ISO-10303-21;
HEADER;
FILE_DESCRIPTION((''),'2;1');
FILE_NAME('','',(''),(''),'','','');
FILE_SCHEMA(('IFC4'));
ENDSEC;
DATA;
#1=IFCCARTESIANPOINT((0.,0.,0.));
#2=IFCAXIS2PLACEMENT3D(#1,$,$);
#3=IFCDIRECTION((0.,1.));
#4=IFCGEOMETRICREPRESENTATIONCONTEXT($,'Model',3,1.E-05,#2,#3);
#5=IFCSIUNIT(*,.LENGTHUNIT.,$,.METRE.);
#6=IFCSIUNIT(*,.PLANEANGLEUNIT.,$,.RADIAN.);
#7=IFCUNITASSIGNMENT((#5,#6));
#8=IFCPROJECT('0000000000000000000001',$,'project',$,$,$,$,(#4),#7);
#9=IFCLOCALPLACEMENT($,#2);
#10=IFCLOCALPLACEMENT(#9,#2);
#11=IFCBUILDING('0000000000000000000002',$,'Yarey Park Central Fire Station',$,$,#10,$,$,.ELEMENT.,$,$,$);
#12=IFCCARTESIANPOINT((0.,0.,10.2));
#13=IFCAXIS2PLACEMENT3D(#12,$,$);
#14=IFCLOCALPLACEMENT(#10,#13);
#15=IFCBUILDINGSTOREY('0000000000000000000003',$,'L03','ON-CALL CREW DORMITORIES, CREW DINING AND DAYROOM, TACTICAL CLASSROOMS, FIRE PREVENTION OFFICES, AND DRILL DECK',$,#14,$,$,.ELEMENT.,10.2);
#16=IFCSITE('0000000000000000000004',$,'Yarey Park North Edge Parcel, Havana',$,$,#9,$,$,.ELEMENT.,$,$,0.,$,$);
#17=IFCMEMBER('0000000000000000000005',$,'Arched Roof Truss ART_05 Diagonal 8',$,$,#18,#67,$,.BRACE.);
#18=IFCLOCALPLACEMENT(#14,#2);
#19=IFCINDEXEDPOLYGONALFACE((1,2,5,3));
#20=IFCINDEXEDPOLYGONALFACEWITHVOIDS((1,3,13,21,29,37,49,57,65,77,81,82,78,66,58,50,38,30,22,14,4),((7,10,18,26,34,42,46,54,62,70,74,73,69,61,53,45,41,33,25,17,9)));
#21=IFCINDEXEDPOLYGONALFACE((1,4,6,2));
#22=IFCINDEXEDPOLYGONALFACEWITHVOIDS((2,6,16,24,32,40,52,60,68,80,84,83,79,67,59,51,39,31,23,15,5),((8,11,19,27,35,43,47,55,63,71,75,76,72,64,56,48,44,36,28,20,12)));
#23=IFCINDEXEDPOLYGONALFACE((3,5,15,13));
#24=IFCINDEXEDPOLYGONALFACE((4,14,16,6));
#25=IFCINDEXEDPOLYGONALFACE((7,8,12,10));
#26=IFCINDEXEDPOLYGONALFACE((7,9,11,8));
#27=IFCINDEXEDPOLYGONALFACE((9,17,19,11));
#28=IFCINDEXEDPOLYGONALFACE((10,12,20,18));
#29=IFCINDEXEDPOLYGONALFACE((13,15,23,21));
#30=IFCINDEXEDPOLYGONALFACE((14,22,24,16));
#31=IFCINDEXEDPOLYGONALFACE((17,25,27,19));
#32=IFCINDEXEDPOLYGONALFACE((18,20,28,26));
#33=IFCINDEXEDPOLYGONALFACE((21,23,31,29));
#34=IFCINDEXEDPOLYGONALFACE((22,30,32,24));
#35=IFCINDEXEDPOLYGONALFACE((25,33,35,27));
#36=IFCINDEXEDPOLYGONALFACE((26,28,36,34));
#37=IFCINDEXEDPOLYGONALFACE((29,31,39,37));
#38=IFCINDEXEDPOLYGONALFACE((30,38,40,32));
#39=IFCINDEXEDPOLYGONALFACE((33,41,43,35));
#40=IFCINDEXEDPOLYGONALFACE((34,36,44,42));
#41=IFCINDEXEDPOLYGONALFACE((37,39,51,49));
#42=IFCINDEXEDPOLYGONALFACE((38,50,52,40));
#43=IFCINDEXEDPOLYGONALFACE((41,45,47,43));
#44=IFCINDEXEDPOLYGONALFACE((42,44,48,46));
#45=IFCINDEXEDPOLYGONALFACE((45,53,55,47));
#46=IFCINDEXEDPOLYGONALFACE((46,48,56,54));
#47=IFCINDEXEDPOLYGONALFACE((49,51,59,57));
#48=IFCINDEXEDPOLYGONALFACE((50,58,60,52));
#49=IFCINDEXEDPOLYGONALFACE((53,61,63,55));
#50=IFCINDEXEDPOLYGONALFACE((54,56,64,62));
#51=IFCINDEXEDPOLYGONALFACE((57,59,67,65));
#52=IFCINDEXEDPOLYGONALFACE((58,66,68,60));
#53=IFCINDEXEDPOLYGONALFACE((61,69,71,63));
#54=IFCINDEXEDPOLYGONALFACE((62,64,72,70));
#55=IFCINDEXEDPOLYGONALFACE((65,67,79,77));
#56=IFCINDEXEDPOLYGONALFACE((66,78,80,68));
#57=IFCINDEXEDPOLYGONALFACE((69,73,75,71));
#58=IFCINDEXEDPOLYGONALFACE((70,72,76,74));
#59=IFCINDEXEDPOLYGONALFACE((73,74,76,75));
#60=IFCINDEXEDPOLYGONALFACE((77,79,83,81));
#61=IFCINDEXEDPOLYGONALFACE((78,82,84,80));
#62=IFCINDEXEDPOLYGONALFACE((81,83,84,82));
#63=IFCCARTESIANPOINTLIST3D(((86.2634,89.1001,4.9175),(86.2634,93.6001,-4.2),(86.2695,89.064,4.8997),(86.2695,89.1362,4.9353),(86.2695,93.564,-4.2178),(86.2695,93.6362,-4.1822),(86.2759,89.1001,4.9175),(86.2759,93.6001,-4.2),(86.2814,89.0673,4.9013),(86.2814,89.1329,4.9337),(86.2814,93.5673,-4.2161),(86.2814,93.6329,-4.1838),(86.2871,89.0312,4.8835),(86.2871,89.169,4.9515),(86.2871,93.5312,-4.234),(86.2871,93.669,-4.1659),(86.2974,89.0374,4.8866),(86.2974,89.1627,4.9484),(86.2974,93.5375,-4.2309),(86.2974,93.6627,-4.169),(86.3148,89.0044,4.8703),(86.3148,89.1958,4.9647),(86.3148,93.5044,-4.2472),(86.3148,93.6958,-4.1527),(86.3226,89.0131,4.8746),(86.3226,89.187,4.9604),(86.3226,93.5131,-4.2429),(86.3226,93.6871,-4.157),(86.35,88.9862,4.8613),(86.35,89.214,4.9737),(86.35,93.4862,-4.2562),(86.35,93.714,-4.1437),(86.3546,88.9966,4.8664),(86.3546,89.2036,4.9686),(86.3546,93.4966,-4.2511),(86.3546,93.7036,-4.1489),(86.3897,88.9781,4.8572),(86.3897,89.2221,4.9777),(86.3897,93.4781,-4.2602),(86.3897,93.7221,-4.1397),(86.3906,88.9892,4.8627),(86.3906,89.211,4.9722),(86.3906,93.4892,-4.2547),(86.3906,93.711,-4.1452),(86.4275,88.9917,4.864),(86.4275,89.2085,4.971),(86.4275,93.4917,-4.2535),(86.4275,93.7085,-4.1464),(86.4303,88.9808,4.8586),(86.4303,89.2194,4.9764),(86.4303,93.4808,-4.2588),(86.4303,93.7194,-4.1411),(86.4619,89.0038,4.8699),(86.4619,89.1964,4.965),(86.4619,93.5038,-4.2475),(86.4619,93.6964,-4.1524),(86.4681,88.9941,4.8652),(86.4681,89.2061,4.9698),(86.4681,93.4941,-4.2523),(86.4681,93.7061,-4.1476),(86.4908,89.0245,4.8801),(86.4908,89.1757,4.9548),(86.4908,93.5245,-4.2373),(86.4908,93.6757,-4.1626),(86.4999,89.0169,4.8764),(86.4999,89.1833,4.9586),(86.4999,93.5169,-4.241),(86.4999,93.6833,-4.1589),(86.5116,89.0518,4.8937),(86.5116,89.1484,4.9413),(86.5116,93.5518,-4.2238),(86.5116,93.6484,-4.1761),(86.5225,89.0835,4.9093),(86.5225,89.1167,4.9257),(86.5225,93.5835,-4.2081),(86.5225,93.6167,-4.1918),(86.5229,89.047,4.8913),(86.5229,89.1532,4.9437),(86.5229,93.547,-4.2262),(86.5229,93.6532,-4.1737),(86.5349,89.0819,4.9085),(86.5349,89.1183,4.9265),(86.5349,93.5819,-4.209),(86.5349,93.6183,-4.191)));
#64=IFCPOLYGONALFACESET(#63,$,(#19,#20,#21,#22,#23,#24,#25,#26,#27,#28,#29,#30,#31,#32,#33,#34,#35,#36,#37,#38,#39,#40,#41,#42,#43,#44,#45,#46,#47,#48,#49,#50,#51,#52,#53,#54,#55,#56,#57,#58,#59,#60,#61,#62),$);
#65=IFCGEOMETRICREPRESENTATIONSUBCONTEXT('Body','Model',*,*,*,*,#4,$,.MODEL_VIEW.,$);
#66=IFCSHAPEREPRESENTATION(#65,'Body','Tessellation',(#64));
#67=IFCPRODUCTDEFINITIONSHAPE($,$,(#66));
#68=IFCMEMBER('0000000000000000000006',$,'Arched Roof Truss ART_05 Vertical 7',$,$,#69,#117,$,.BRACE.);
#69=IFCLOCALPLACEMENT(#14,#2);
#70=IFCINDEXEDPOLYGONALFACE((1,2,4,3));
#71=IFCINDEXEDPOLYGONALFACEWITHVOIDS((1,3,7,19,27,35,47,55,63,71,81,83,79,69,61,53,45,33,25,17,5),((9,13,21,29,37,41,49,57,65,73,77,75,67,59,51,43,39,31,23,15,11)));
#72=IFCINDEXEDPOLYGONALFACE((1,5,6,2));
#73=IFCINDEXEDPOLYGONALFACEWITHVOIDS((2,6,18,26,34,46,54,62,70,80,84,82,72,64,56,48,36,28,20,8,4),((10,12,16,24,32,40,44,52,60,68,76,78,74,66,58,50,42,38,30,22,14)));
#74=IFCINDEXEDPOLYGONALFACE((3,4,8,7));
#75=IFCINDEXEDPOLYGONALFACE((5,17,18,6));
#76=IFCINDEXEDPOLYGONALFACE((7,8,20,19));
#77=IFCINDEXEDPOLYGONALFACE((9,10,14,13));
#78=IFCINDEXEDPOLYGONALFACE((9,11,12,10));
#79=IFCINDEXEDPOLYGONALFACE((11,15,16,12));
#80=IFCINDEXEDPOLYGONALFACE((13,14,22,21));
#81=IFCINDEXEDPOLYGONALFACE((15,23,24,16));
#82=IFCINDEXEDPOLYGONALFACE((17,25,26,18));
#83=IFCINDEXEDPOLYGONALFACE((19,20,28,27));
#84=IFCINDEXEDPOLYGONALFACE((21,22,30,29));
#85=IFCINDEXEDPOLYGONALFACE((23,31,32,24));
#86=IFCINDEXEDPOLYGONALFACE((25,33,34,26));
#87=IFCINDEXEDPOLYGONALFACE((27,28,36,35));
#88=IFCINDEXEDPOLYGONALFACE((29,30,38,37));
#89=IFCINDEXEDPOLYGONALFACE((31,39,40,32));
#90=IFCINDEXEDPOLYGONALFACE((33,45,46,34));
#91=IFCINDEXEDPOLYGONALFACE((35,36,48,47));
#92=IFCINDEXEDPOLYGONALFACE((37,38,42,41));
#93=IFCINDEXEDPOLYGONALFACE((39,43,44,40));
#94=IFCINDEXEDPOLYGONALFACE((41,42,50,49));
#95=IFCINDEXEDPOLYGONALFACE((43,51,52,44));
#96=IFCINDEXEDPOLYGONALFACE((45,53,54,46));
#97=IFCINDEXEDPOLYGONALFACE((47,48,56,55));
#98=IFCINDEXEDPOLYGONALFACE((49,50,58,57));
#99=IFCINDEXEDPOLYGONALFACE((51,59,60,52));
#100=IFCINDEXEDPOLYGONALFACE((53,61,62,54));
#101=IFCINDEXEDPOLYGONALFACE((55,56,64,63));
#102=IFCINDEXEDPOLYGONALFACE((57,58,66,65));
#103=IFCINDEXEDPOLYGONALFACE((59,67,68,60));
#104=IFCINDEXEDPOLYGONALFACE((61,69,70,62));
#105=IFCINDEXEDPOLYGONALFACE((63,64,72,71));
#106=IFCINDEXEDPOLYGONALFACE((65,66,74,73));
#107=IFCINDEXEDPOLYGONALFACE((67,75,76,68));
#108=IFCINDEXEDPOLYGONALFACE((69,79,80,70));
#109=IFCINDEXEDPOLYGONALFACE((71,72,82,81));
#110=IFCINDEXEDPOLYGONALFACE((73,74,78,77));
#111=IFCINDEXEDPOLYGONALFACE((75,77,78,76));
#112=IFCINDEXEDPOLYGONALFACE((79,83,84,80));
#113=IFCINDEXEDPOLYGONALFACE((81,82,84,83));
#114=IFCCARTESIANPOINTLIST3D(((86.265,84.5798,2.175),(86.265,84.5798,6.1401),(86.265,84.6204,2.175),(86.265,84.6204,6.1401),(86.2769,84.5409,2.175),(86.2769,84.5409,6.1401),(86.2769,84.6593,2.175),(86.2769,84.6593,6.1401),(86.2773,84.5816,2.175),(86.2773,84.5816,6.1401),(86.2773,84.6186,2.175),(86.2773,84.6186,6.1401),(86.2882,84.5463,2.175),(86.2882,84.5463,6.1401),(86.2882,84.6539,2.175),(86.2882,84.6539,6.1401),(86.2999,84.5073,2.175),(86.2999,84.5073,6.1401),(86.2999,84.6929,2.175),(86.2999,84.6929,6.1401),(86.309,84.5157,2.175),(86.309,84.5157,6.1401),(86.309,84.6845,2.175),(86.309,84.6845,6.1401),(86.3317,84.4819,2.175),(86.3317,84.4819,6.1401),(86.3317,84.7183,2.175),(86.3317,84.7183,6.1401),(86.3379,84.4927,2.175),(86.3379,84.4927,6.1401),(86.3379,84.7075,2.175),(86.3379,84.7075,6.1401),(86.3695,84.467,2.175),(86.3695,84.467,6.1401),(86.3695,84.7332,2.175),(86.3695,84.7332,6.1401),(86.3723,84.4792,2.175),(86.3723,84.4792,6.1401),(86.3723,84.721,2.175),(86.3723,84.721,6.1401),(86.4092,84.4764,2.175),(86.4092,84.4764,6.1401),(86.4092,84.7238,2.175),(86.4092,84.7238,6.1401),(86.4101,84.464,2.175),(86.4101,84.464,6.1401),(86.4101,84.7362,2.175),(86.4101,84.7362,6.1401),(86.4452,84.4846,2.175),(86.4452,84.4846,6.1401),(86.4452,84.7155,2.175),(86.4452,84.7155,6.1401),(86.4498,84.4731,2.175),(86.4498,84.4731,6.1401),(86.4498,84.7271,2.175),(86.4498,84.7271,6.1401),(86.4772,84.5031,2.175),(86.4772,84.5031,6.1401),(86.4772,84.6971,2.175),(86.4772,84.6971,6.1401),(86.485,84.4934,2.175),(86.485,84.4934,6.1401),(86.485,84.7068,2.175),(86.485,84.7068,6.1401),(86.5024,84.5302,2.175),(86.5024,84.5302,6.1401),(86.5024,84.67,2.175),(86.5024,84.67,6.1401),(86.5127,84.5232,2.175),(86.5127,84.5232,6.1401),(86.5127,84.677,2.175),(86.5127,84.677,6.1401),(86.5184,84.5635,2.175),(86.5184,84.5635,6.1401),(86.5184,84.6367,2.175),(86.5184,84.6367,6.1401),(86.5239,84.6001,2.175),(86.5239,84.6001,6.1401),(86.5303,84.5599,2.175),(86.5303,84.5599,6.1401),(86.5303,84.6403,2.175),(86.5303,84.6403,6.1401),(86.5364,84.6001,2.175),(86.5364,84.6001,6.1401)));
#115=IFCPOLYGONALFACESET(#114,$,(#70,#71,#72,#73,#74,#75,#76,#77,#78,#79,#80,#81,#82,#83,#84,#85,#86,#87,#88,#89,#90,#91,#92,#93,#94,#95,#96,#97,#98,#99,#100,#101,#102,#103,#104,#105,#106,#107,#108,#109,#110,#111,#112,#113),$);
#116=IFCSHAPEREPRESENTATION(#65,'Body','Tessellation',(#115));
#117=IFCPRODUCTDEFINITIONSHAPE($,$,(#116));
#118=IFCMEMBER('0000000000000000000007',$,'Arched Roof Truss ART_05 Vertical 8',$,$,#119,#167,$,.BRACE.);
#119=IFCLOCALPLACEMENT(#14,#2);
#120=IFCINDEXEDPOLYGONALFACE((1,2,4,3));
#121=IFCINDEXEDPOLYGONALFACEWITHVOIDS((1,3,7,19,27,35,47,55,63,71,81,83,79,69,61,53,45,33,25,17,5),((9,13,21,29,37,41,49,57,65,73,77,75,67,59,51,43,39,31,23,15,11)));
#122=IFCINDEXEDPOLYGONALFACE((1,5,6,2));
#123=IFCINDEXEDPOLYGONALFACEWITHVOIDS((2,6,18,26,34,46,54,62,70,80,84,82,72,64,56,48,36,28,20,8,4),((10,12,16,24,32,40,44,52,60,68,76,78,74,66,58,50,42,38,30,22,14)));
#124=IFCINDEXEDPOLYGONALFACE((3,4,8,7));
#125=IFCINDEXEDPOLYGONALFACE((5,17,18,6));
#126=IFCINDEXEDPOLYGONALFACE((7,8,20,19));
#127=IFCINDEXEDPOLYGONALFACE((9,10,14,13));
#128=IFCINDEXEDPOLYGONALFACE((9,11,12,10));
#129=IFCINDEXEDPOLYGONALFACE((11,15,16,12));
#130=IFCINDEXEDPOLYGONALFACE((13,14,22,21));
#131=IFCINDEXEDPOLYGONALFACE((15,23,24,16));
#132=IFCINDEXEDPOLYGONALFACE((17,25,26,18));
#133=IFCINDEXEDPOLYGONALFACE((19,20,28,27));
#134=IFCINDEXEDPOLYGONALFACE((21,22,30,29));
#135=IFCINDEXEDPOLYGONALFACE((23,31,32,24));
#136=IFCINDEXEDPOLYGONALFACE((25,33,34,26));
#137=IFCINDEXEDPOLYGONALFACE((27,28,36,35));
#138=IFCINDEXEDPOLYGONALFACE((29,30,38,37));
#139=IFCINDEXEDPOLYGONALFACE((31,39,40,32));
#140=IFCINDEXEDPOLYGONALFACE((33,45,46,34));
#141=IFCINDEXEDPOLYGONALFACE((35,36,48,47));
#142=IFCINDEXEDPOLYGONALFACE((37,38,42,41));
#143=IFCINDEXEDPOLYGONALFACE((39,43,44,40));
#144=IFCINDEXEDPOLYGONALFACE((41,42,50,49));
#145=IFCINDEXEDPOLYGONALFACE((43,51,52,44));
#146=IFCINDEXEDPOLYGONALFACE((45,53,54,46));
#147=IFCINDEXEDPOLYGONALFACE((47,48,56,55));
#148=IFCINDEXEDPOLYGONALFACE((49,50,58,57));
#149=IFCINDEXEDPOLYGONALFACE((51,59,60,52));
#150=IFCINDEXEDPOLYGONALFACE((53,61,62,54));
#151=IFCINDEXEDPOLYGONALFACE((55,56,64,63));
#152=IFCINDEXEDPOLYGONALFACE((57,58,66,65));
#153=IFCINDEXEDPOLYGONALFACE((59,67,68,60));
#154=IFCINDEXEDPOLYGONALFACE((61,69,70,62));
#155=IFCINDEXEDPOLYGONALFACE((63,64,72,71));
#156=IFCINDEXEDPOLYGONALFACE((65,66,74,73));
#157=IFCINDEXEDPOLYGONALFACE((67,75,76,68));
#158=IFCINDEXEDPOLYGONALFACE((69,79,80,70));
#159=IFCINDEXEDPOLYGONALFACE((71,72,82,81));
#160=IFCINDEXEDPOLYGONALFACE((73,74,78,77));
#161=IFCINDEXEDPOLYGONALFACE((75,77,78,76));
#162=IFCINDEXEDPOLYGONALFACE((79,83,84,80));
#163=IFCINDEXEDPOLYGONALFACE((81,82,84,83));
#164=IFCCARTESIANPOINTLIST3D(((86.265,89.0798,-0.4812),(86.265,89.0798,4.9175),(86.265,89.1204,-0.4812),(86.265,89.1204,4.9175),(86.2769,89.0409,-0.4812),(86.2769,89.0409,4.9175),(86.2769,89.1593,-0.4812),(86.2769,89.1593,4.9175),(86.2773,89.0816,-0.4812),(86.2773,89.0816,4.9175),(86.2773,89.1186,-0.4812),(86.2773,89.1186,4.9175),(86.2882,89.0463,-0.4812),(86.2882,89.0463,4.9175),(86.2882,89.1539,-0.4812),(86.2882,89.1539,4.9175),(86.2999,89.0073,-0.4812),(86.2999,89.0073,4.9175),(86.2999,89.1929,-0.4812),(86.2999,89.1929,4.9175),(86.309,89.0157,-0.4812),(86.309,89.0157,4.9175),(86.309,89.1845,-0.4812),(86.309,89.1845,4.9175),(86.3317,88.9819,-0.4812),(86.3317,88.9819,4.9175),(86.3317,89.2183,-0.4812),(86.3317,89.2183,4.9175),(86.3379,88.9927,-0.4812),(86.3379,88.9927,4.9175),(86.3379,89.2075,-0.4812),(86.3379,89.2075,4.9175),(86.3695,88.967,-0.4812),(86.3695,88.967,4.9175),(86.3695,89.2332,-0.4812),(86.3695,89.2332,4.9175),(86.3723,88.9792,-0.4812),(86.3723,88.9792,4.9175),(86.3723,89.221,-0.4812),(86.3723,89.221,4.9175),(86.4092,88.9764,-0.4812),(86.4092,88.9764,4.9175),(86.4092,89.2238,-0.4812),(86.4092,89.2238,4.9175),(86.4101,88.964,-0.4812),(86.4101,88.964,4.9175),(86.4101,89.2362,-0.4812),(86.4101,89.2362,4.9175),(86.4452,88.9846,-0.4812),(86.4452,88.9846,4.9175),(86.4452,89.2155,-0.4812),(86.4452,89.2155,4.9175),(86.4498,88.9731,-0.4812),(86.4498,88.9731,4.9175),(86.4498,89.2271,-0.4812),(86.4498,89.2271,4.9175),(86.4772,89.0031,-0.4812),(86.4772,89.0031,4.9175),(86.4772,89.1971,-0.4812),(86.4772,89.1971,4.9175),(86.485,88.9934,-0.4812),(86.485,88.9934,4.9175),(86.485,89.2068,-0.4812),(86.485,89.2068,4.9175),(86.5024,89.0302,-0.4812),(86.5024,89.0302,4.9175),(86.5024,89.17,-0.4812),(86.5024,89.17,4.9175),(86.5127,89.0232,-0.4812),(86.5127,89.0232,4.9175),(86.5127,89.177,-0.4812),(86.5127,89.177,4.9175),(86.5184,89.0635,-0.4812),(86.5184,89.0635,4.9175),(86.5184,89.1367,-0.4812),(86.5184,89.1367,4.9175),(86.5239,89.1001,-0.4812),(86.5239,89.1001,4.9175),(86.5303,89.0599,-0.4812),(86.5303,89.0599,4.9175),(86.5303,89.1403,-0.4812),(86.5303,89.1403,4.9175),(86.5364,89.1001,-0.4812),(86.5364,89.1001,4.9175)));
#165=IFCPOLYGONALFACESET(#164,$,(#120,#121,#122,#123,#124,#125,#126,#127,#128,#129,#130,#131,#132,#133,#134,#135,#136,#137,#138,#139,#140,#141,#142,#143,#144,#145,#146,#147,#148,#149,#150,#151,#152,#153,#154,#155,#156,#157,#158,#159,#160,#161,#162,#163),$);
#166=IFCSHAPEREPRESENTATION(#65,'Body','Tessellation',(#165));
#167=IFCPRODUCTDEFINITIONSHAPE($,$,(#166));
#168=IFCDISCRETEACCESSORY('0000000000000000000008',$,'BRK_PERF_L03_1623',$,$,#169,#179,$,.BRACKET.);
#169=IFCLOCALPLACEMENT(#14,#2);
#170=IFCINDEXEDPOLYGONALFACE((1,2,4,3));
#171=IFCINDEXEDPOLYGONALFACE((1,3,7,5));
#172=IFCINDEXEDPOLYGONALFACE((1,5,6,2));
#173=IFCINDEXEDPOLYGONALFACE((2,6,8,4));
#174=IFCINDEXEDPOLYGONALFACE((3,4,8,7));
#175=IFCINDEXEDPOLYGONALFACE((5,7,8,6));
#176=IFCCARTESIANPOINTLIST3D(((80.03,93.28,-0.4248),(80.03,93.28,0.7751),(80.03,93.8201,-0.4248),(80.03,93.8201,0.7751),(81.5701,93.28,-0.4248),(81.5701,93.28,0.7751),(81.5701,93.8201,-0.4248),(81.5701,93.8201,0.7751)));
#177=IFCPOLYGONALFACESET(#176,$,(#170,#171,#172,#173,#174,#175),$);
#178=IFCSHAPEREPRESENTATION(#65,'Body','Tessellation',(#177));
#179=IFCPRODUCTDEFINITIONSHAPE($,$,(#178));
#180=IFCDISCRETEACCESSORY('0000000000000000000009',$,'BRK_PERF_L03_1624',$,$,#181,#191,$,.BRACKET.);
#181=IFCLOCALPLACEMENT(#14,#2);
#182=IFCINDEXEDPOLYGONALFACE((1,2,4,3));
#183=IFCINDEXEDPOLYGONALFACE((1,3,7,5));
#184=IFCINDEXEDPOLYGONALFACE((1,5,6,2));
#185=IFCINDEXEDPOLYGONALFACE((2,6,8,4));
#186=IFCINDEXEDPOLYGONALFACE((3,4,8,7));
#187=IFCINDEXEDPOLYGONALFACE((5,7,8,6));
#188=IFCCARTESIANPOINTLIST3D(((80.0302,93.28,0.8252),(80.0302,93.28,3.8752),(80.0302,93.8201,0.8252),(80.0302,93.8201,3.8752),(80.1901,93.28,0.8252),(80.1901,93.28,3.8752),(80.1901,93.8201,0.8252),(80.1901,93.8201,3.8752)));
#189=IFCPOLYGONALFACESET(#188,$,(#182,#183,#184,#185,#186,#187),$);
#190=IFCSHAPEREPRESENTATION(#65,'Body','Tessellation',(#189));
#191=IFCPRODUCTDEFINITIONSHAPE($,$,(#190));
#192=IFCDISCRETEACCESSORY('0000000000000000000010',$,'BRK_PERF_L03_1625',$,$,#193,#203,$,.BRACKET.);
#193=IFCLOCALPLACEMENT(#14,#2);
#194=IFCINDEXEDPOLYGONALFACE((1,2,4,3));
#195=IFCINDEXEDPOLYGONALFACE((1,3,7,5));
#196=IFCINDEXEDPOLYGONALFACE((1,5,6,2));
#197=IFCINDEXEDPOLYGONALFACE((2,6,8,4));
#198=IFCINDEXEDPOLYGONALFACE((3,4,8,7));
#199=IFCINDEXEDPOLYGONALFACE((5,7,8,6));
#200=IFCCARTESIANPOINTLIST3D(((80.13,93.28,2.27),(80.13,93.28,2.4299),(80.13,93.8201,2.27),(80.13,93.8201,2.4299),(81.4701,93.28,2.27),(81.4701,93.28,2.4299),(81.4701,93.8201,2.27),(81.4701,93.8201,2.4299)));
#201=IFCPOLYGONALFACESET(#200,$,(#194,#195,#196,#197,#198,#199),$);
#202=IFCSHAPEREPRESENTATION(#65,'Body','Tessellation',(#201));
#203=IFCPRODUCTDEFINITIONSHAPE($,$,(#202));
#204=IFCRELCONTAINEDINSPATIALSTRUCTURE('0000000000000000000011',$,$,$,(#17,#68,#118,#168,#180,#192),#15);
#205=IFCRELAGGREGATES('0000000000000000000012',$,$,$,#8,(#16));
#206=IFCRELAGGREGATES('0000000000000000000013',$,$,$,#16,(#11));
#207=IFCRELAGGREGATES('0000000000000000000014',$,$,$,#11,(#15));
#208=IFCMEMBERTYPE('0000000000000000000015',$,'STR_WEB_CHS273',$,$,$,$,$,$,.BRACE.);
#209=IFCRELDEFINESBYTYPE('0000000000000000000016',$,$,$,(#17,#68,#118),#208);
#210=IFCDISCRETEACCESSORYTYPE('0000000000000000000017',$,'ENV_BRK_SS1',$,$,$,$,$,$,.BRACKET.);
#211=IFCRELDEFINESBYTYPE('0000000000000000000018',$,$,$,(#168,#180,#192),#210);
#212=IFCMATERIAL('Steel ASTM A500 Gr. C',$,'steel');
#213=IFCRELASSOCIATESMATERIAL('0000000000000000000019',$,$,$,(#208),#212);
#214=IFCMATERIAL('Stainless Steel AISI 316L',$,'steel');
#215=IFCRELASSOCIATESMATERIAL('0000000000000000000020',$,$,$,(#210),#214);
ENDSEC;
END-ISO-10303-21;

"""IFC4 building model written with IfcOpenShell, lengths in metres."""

from ifc_helpers import new_model, si_unit, direction, frame, origin, origin_2d, place, context, subcontext, project, spatial, rectangle, hollow_circle, extrude, material, material_profile, profile_set, type_object, element, save


model = new_model("IFC4")

# Units and contexts
model_context = context("Model", 3, precision=1e-05, world=origin(), true_north=direction((0.0, 1.0)))
body_context = subcontext(model_context, "Body", "Model", "MODEL_VIEW")
ifc_project = project(units=[si_unit("LENGTHUNIT", "METRE"), si_unit("PLANEANGLEUNIT", "RADIAN")], contexts=[model_context])

# Site, building, storey
site_placement = place(None, origin())
site = spatial("IfcSite", under=ifc_project, at=site_placement, Name="Yarey Park North Edge Parcel, Havana", CompositionType="ELEMENT", RefElevation=0.0)
building_placement = place(site_placement, origin())
building = spatial("IfcBuilding", under=site, at=building_placement, Name="Yarey Park Central Fire Station", CompositionType="ELEMENT")
storey_placement = place(building_placement, frame((0.0, 0.0, 10.2)))
storey = spatial("IfcBuildingStorey", under=building, at=storey_placement, Name="L03", Description="ON-CALL CREW DORMITORIES, CREW DINING AND DAYROOM, TACTICAL CLASSROOMS, FIRE PREVENTION OFFICES, AND DRILL DECK", CompositionType="ELEMENT", Elevation=10.2)

# Members
ifc_material_1 = material(Name="Steel ASTM A500 Gr. C", Category="steel")
ifc_material_profile_1 = material_profile(ifc_material_1, hollow_circle(Radius=0.1365, WallThickness=0.0125, at=origin_2d()), Name="CHS 273x12.5")
ifc_profile_set_1 = profile_set([ifc_material_profile_1], Name="Steel ASTM A500 Gr. C")
member_type_1 = type_object("IfcMemberType", Name="STR_WEB_CHS273", PredefinedType="BRACE", material=ifc_profile_set_1)
member_1_placement = place(storey_placement, frame((86.3999, 89.1001, 4.9175), z_axis=(0.0, 0.442588, -0.896725), x_axis=(-1.0, 0.0, 0.0)))
element("IfcMember", 1, at=member_1_placement, inside=storey, type_object=member_type_1, Name="Arched Roof Truss ART_05 Diagonal 8", PredefinedType="BRACE", context=body_context, shape_type="SweptSolid", body=[
    extrude(hollow_circle(Radius=0.1365, WallThickness=0.0125, at=origin_2d()), origin(), (0.0, 0.0, 1.0), 10.1675),
])
member_2_placement = place(storey_placement, frame((86.3999, 84.6001, 2.175), z_axis=(0.0, 0.0, 1.0), x_axis=(1.0, 0.0, 0.0)))
element("IfcMember", 2, at=member_2_placement, inside=storey, type_object=member_type_1, Name="Arched Roof Truss ART_05 Vertical 7", PredefinedType="BRACE", context=body_context, shape_type="SweptSolid", body=[
    extrude(hollow_circle(Radius=0.1365, WallThickness=0.0125, at=origin_2d()), origin(), (0.0, 0.0, 1.0), 3.9651),
])
member_3_placement = place(storey_placement, frame((86.3999, 89.1001, -0.4812), z_axis=(0.0, 0.0, 1.0), x_axis=(1.0, 0.0, 0.0)))
element("IfcMember", 3, at=member_3_placement, inside=storey, type_object=member_type_1, Name="Arched Roof Truss ART_05 Vertical 8", PredefinedType="BRACE", context=body_context, shape_type="SweptSolid", body=[
    extrude(hollow_circle(Radius=0.1365, WallThickness=0.0125, at=origin_2d()), origin(), (0.0, 0.0, 1.0), 5.3987),
])

# Discrete accessories
ifc_material_2 = material(Name="Stainless Steel AISI 316L", Category="steel")
discrete_accessory_type = type_object("IfcDiscreteAccessoryType", Name="ENV_BRK_SS1", PredefinedType="BRACKET", material=ifc_material_2)
discrete_accessory_1_placement = place(storey_placement, frame((80.8, 93.55, -0.4248), z_axis=(0.0, 0.0, 1.0), x_axis=(1.0, 0.0, 0.0)))
element("IfcDiscreteAccessory", 4, at=discrete_accessory_1_placement, inside=storey, type_object=discrete_accessory_type, Name="BRK_PERF_L03_1623", PredefinedType="BRACKET", context=body_context, shape_type="SweptSolid", body=[
    extrude(rectangle(XDim=1.54, YDim=0.54, at=origin_2d()), origin(), (0.0, 0.0, 1.0), 1.2),
])
discrete_accessory_2_placement = place(storey_placement, frame((80.1101, 93.55, 0.8252), z_axis=(0.0, 0.0, 1.0), x_axis=(1.0, 0.0, 0.0)))
element("IfcDiscreteAccessory", 5, at=discrete_accessory_2_placement, inside=storey, type_object=discrete_accessory_type, Name="BRK_PERF_L03_1624", PredefinedType="BRACKET", context=body_context, shape_type="SweptSolid", body=[
    extrude(rectangle(XDim=0.1599, YDim=0.54, at=origin_2d()), origin(), (0.0, 0.0, 1.0), 3.05),
])
discrete_accessory_3_placement = place(storey_placement, frame((80.8, 93.55, 2.27), z_axis=(0.0, 0.0, 1.0), x_axis=(1.0, 0.0, 0.0)))
element("IfcDiscreteAccessory", 6, at=discrete_accessory_3_placement, inside=storey, type_object=discrete_accessory_type, Name="BRK_PERF_L03_1625", PredefinedType="BRACKET", context=body_context, shape_type="SweptSolid", body=[
    extrude(rectangle(XDim=1.3401, YDim=0.54, at=origin_2d()), origin(), (0.0, 0.0, 1.0), 0.1599),
])

save(model, "model.ifc")
